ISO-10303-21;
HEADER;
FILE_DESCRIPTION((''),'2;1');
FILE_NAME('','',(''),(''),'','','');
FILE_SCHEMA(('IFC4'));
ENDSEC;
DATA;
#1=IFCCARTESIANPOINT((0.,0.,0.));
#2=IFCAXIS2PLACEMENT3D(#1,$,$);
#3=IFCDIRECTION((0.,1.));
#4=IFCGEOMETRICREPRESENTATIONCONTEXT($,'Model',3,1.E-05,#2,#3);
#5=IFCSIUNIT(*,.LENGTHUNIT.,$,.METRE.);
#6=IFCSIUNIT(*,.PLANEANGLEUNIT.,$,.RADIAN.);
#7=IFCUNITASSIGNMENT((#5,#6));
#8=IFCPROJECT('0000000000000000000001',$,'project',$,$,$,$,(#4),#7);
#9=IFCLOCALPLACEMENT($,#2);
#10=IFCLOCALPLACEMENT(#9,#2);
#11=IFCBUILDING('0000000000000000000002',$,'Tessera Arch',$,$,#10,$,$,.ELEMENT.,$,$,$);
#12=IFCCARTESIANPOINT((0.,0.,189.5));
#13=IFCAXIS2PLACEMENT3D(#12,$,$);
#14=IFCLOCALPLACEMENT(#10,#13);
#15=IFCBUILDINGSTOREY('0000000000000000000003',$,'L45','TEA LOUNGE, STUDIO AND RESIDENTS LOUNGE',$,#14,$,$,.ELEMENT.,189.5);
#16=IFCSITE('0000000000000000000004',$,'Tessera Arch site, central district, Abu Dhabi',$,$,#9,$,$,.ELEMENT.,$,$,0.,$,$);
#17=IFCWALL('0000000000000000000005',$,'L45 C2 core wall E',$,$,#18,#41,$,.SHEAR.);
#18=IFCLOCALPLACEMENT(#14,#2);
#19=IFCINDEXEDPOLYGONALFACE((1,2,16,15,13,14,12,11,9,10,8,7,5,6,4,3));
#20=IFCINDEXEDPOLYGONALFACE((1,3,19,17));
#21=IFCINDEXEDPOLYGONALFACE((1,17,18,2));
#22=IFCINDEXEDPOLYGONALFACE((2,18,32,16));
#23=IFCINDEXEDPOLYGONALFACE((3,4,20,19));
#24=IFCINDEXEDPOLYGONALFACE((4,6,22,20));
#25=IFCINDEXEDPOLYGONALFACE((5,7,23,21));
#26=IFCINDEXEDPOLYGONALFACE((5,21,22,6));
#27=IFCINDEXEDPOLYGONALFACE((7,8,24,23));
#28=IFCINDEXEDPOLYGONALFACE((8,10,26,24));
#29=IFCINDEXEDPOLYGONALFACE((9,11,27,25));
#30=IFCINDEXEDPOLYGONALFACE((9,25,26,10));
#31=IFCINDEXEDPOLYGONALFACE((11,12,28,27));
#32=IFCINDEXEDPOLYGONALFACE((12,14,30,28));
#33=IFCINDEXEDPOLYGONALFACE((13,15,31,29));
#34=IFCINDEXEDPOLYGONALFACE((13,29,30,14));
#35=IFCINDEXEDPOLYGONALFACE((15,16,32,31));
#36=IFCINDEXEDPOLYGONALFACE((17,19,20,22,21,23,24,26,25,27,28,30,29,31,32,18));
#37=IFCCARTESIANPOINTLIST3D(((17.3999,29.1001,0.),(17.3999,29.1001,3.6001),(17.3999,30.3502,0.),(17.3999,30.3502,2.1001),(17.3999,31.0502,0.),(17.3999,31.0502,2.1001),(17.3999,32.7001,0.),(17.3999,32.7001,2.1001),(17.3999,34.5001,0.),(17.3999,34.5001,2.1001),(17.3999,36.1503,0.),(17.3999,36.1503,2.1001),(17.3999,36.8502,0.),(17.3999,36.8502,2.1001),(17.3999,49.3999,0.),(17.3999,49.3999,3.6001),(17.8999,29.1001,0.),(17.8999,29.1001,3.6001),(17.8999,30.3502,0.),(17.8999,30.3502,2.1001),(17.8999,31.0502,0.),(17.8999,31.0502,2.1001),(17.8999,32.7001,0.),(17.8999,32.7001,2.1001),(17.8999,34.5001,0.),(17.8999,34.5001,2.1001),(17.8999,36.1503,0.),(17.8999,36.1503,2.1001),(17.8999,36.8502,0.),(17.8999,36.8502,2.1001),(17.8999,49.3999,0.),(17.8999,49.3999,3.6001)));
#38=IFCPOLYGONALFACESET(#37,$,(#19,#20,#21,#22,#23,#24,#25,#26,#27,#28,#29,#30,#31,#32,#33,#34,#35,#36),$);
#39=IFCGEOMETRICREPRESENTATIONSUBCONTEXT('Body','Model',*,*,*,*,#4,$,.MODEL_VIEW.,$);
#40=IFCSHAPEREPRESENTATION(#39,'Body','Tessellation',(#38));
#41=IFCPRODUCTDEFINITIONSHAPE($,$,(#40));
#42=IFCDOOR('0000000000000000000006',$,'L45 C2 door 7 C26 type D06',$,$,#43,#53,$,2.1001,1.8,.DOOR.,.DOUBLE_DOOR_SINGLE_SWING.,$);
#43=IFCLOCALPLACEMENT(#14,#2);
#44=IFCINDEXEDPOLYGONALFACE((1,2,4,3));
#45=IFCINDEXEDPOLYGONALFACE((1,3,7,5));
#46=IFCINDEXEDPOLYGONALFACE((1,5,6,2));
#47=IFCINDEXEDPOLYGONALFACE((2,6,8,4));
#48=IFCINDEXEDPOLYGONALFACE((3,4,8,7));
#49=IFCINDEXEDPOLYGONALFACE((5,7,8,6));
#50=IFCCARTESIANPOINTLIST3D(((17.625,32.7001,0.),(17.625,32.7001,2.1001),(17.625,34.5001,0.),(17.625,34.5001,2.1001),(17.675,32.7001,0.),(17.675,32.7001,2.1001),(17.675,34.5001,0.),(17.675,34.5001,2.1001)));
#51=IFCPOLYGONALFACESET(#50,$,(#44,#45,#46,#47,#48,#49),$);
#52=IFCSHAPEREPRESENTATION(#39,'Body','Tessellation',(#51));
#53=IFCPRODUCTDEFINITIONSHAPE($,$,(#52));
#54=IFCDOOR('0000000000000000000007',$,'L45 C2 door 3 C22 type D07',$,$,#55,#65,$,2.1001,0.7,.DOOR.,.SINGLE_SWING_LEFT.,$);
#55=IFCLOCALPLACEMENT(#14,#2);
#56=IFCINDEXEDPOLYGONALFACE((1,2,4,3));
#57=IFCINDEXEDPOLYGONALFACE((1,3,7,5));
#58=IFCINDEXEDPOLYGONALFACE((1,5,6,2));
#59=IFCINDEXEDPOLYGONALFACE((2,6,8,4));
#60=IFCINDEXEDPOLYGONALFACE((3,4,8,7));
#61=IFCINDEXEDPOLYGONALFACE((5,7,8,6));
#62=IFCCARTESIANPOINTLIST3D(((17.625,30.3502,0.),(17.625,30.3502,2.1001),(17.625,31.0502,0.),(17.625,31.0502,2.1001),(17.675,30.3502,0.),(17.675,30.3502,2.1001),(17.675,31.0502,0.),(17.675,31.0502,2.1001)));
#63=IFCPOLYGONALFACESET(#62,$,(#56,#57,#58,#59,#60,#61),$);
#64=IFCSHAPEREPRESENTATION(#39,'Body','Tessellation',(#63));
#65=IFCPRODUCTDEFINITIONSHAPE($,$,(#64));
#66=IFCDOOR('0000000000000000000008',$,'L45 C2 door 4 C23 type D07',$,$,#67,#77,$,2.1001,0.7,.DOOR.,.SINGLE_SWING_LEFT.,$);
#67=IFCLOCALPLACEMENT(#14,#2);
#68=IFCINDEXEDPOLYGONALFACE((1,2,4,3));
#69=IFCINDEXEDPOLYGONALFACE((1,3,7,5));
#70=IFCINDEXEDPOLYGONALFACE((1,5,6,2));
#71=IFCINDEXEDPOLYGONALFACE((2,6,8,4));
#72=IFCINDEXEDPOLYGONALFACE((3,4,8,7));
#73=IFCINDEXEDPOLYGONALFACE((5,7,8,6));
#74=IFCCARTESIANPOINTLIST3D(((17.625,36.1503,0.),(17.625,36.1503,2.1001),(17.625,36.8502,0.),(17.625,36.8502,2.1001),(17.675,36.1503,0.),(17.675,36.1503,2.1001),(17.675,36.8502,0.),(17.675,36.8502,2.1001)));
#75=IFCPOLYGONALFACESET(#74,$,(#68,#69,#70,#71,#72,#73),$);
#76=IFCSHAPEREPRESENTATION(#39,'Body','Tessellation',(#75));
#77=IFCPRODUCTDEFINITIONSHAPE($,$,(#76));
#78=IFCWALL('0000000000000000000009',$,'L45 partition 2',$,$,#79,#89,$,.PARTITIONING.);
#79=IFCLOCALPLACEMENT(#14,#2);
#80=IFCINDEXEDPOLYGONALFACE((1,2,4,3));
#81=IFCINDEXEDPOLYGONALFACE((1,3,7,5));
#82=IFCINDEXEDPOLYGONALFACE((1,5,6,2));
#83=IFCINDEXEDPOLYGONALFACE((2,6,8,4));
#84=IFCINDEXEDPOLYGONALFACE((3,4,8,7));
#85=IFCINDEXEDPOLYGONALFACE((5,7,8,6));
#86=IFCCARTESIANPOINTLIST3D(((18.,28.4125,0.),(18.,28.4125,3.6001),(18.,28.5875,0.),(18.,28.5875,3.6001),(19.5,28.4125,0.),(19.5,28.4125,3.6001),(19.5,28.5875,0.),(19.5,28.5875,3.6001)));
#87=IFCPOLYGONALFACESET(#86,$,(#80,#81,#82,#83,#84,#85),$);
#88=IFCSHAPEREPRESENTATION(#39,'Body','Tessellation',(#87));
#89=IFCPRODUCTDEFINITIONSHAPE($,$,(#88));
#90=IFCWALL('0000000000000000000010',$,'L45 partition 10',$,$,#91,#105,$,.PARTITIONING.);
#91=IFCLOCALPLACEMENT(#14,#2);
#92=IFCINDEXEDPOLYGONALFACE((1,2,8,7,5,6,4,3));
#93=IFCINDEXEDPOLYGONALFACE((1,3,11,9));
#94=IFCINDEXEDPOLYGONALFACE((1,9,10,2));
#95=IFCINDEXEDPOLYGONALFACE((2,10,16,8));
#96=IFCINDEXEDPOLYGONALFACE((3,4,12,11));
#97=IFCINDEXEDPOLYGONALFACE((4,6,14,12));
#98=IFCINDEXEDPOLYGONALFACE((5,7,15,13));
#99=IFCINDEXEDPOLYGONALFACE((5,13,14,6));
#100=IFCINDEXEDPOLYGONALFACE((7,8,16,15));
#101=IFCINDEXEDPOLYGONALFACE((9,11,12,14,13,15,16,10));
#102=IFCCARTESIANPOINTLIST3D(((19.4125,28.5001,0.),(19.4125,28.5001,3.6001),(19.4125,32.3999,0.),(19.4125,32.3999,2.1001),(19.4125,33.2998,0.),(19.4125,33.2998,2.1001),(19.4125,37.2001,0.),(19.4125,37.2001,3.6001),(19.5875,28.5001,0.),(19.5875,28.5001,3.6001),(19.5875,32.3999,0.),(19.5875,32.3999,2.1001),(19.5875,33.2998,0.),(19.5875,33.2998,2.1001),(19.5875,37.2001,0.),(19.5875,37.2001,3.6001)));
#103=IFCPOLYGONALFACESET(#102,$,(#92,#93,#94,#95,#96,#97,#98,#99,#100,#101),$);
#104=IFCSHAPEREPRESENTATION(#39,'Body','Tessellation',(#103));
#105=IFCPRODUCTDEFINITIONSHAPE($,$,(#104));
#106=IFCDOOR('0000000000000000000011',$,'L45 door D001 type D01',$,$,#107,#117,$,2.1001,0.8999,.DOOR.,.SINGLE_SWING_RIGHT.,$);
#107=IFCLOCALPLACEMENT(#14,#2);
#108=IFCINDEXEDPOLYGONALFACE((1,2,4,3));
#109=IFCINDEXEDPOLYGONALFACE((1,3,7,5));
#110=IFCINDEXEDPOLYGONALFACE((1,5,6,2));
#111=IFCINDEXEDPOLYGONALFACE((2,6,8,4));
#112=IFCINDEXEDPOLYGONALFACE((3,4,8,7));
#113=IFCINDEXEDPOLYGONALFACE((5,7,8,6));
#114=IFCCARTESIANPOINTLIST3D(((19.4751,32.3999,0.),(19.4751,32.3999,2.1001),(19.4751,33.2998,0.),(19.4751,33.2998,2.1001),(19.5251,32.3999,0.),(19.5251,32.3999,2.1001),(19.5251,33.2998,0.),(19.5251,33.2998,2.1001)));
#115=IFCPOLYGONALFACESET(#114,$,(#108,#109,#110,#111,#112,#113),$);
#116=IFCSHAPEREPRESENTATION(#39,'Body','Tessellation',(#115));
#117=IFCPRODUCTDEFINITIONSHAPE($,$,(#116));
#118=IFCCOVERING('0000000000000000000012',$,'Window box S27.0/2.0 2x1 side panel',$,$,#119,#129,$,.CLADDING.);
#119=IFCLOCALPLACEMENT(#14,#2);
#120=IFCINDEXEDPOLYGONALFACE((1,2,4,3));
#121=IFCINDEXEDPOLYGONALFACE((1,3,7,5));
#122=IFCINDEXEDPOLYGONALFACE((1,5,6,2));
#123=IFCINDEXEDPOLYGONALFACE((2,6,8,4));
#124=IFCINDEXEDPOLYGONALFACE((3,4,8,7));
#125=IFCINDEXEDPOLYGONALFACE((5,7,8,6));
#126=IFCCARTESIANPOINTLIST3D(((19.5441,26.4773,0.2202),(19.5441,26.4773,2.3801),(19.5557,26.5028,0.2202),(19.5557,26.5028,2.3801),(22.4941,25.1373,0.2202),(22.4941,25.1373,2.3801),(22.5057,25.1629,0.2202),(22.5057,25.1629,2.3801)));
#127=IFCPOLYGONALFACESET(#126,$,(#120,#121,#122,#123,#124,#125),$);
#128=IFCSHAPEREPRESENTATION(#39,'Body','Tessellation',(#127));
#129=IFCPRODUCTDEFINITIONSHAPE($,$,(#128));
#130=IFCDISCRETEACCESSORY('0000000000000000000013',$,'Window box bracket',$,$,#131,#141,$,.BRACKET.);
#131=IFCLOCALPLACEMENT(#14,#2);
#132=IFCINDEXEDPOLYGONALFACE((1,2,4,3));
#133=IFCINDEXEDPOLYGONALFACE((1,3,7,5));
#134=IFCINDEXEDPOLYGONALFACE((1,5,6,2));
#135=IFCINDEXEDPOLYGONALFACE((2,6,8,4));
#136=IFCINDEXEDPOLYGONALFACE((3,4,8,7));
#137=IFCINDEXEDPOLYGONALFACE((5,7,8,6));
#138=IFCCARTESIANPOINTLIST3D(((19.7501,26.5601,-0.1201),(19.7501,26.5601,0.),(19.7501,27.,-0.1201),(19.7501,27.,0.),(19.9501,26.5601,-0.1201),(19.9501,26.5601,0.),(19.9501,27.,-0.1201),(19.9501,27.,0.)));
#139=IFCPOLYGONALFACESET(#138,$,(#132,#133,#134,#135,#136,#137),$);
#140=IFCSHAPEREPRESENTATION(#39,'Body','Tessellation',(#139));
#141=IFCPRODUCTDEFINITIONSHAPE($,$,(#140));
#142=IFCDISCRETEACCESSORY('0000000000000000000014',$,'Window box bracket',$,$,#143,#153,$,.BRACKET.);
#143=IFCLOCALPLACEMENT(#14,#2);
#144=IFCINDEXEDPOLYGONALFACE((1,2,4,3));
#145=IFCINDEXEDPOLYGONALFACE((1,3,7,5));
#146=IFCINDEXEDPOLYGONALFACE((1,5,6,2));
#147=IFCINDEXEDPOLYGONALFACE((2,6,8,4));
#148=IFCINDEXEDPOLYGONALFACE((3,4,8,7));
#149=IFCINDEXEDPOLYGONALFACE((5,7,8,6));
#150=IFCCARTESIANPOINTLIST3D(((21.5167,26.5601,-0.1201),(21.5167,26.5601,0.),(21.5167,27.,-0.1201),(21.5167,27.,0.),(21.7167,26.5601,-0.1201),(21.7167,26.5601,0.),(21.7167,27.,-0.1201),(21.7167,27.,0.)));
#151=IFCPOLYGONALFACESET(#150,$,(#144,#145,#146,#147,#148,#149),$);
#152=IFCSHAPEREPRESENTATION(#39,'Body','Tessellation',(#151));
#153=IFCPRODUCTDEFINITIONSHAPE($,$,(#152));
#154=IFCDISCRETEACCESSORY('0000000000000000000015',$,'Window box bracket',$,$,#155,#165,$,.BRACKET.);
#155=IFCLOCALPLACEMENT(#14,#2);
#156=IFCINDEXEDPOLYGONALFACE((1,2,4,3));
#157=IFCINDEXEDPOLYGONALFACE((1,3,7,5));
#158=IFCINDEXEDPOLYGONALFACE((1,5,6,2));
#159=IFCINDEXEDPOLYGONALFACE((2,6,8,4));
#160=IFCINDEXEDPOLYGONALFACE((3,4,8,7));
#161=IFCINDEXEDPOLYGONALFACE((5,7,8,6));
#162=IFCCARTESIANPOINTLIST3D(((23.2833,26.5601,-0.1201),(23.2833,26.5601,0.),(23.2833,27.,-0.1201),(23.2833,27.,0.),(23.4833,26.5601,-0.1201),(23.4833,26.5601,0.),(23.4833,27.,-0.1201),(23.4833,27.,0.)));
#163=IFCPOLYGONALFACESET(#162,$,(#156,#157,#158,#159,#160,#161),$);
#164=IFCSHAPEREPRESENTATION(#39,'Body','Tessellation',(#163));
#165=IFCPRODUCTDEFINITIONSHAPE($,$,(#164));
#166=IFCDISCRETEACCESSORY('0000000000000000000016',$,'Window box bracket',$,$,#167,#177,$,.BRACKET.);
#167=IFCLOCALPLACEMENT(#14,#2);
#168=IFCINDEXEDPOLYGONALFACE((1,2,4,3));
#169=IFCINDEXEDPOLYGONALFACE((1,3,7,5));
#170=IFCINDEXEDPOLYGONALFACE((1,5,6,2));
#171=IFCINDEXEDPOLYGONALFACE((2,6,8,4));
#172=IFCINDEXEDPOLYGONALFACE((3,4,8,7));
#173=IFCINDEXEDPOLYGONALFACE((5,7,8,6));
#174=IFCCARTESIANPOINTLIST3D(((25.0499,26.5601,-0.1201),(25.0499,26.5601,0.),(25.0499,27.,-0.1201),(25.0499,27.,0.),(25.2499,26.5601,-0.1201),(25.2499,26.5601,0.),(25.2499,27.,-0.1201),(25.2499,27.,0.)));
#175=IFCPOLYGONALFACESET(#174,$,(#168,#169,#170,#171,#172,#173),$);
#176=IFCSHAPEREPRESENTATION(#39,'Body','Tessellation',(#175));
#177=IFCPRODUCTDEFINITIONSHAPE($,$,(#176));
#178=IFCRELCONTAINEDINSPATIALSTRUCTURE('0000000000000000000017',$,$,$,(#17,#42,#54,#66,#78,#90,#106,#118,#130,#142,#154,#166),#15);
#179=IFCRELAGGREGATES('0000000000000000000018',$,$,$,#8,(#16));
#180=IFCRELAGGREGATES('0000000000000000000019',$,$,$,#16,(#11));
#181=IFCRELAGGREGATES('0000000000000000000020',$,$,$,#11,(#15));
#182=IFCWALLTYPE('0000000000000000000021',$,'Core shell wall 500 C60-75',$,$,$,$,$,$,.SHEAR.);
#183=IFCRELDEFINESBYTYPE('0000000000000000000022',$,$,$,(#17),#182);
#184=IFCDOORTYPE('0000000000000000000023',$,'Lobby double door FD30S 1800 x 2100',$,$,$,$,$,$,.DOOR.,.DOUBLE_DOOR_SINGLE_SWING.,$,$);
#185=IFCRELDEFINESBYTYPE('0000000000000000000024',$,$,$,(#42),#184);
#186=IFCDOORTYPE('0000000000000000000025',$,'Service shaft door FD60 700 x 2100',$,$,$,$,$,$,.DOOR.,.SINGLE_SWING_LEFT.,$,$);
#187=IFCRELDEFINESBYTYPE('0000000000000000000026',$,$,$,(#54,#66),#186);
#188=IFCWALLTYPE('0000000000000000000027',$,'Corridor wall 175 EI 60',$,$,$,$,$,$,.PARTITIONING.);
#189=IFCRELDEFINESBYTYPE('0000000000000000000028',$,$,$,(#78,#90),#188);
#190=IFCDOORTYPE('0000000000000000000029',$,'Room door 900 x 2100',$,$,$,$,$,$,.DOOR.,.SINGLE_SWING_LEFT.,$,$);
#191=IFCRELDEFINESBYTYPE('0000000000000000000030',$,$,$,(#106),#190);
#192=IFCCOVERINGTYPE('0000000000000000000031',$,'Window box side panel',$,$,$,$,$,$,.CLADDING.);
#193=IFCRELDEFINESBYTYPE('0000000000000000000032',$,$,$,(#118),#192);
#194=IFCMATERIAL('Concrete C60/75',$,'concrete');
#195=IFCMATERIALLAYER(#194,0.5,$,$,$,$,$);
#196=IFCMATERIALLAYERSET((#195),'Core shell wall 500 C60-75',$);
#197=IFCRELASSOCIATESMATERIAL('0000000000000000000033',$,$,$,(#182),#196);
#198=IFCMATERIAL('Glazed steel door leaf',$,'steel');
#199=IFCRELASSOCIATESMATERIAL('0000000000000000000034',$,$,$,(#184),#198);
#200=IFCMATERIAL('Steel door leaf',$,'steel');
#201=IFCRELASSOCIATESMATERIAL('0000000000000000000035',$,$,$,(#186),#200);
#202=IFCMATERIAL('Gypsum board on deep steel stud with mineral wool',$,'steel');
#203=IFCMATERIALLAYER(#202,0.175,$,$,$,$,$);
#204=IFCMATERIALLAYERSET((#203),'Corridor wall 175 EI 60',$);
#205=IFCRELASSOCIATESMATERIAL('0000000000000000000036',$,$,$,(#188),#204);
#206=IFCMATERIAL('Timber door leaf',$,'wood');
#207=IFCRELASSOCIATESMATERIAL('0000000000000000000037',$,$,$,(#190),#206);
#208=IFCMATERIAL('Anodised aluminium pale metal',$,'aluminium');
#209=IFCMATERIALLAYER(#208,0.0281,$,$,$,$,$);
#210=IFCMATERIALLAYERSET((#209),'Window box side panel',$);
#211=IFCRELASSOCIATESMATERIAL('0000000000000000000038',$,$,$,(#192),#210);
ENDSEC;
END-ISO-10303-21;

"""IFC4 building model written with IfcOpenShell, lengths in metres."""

from ifc_helpers import new_model, si_unit, direction, frame, frame_2d, origin, origin_2d, place, context, subcontext, project, spatial, rectangle, extrude, material, layer, layer_set, type_object, element, fill, save


model = new_model("IFC4")

# Units and contexts
model_context = context("Model", 3, precision=1e-05, world=origin(), true_north=direction((0.0, 1.0)))
body_context = subcontext(model_context, "Body", "Model", "MODEL_VIEW")
ifc_project = project(units=[si_unit("LENGTHUNIT", "METRE"), si_unit("PLANEANGLEUNIT", "RADIAN")], contexts=[model_context])

# Site, building, storey
site_placement = place(None, origin())
site = spatial("IfcSite", under=ifc_project, at=site_placement, Name="Tessera Arch site, central district, Abu Dhabi", CompositionType="ELEMENT", RefElevation=0.0)
building_placement = place(site_placement, origin())
building = spatial("IfcBuilding", under=site, at=building_placement, Name="Tessera Arch", CompositionType="ELEMENT")
storey_placement = place(building_placement, frame((0.0, 0.0, 189.5)))
storey = spatial("IfcBuildingStorey", under=building, at=storey_placement, Name="L45", Description="TEA LOUNGE, STUDIO AND RESIDENTS LOUNGE", CompositionType="ELEMENT", Elevation=189.5)

# Wall, openings, doors
ifc_material_1 = material(Name="Concrete C60/75", Category="concrete")
ifc_layer_1 = layer(ifc_material_1, 0.5)
ifc_layer_set_1 = layer_set([ifc_layer_1], Name="Core shell wall 500 C60-75")
wall_type_1 = type_object("IfcWallType", Name="Core shell wall 500 C60-75", PredefinedType="SHEAR", material=ifc_layer_set_1)
wall_1_placement = place(storey_placement, frame((17.6499, 29.1001, 0.0), z_axis=(0.0, 0.0, 1.0), x_axis=(0.0, 1.0, 0.0)))
wall_1 = element("IfcWall", 1, at=wall_1_placement, inside=storey, type_object=wall_type_1, Name="L45 C2 core wall E", PredefinedType="SHEAR", context=body_context, shape_type="SweptSolid", body=[
    extrude(rectangle(XDim=20.2998, YDim=0.5, at=frame_2d((10.1499, 0.0))), origin(), (0.0, 0.0, 1.0), 3.6001),
])
opening_1_placement = place(wall_1_placement, frame((1.25, 0.0, 0.0)))
opening_1 = element("IfcOpeningElement", 2, at=opening_1_placement, cuts=wall_1, PredefinedType="OPENING", context=body_context, shape_type="SweptSolid", body=[
    extrude(rectangle(XDim=0.7, YDim=2.1001, at=frame_2d((0.3501, 1.05))), frame((0.0, 0.26, 0.0), z_axis=(0.0, -1.0, 0.0), x_axis=(1.0, 0.0, 0.0)), (0.0, 0.0, 1.0), 0.52),
])
opening_2_placement = place(wall_1_placement, frame((7.05, 0.0, 0.0)))
opening_2 = element("IfcOpeningElement", 3, at=opening_2_placement, cuts=wall_1, PredefinedType="OPENING", context=body_context, shape_type="SweptSolid", body=[
    extrude(rectangle(XDim=0.7, YDim=2.1001, at=frame_2d((0.3501, 1.05))), frame((0.0, 0.26, 0.0), z_axis=(0.0, -1.0, 0.0), x_axis=(1.0, 0.0, 0.0)), (0.0, 0.0, 1.0), 0.52),
])
opening_3_placement = place(wall_1_placement, frame((3.6001, 0.0, 0.0)))
opening_3 = element("IfcOpeningElement", 4, at=opening_3_placement, cuts=wall_1, PredefinedType="OPENING", context=body_context, shape_type="SweptSolid", body=[
    extrude(rectangle(XDim=1.8, YDim=2.1001, at=frame_2d((0.8999, 1.05))), frame((0.0, 0.26, 0.0), z_axis=(0.0, -1.0, 0.0), x_axis=(1.0, 0.0, 0.0)), (0.0, 0.0, 1.0), 0.52),
])
ifc_material_2 = material(Name="Glazed steel door leaf", Category="steel")
door_type_1 = type_object("IfcDoorType", Name="Lobby double door FD30S 1800 x 2100", OperationType="DOUBLE_DOOR_SINGLE_SWING", PredefinedType="DOOR", material=ifc_material_2)
door_1_placement = place(opening_3_placement, origin())
door_1 = element("IfcDoor", 5, at=door_1_placement, inside=storey, type_object=door_type_1, Name="L45 C2 door 7 C26 type D06", OperationType="DOUBLE_DOOR_SINGLE_SWING", OverallHeight=2.1001, OverallWidth=1.8, PredefinedType="DOOR", context=body_context, shape_type="SweptSolid", body=[
    extrude(rectangle(XDim=1.8, YDim=2.1001, at=frame_2d((0.8999, 1.05))), frame((0.0, 0.0249, 0.0), z_axis=(0.0, -1.0, 0.0), x_axis=(1.0, 0.0, 0.0)), (0.0, 0.0, 1.0), 0.05),
])
fill(opening_3, door_1)
ifc_material_3 = material(Name="Steel door leaf", Category="steel")
door_type_2 = type_object("IfcDoorType", Name="Service shaft door FD60 700 x 2100", OperationType="SINGLE_SWING_LEFT", PredefinedType="DOOR", material=ifc_material_3)
door_2_placement = place(opening_1_placement, origin())
door_2 = element("IfcDoor", 6, at=door_2_placement, inside=storey, type_object=door_type_2, Name="L45 C2 door 3 C22 type D07", OperationType="SINGLE_SWING_LEFT", OverallHeight=2.1001, OverallWidth=0.7, PredefinedType="DOOR", context=body_context, shape_type="SweptSolid", body=[
    extrude(rectangle(XDim=0.7, YDim=2.1001, at=frame_2d((0.3501, 1.05))), frame((0.0, 0.0249, 0.0), z_axis=(0.0, -1.0, 0.0), x_axis=(1.0, 0.0, 0.0)), (0.0, 0.0, 1.0), 0.05),
])
fill(opening_1, door_2)
door_3_placement = place(opening_2_placement, origin())
door_3 = element("IfcDoor", 7, at=door_3_placement, inside=storey, type_object=door_type_2, Name="L45 C2 door 4 C23 type D07", OperationType="SINGLE_SWING_LEFT", OverallHeight=2.1001, OverallWidth=0.7, PredefinedType="DOOR", context=body_context, shape_type="SweptSolid", body=[
    extrude(rectangle(XDim=0.7, YDim=2.1001, at=frame_2d((0.3501, 1.05))), frame((0.0, 0.0249, 0.0), z_axis=(0.0, -1.0, 0.0), x_axis=(1.0, 0.0, 0.0)), (0.0, 0.0, 1.0), 0.05),
])
fill(opening_2, door_3)

# Wall
ifc_material_4 = material(Name="Gypsum board on deep steel stud with mineral wool", Category="steel")
ifc_layer_2 = layer(ifc_material_4, 0.175)
ifc_layer_set_2 = layer_set([ifc_layer_2], Name="Corridor wall 175 EI 60")
wall_type_2 = type_object("IfcWallType", Name="Corridor wall 175 EI 60", PredefinedType="PARTITIONING", material=ifc_layer_set_2)
wall_2_placement = place(storey_placement, frame((18.0, 28.5, 0.0), z_axis=(0.0, 0.0, 1.0), x_axis=(1.0, 0.0, 0.0)))
element("IfcWall", 8, at=wall_2_placement, inside=storey, type_object=wall_type_2, Name="L45 partition 2", PredefinedType="PARTITIONING", context=body_context, shape_type="SweptSolid", body=[
    extrude(rectangle(XDim=1.5, YDim=0.175, at=frame_2d((0.75, 0.0))), origin(), (0.0, 0.0, 1.0), 3.6001),
])

# Wall, opening, door
wall_3_placement = place(storey_placement, frame((19.5, 28.5, 0.0), z_axis=(0.0, 0.0, 1.0), x_axis=(0.0, 1.0, 0.0)))
wall_3 = element("IfcWall", 9, at=wall_3_placement, inside=storey, type_object=wall_type_2, Name="L45 partition 10", PredefinedType="PARTITIONING", context=body_context, shape_type="SweptSolid", body=[
    extrude(rectangle(XDim=8.7, YDim=0.175, at=frame_2d((4.3501, 0.0))), origin(), (0.0, 0.0, 1.0), 3.6001),
])
opening_4_placement = place(wall_3_placement, frame((3.8999, 0.0, 0.0)))
opening_4 = element("IfcOpeningElement", 10, at=opening_4_placement, cuts=wall_3, PredefinedType="OPENING", context=body_context, shape_type="SweptSolid", body=[
    extrude(rectangle(XDim=0.8999, YDim=2.1001, at=frame_2d((0.45, 1.05))), frame((0.0, 0.0974, 0.0), z_axis=(0.0, -1.0, 0.0), x_axis=(1.0, 0.0, 0.0)), (0.0, 0.0, 1.0), 0.1951),
])
ifc_material_5 = material(Name="Timber door leaf", Category="wood")
door_type_3 = type_object("IfcDoorType", Name="Room door 900 x 2100", OperationType="SINGLE_SWING_LEFT", PredefinedType="DOOR", material=ifc_material_5)
door_4_placement = place(opening_4_placement, origin())
door_4 = element("IfcDoor", 11, at=door_4_placement, inside=storey, type_object=door_type_3, Name="L45 door D001 type D01", OperationType="SINGLE_SWING_RIGHT", OverallHeight=2.1001, OverallWidth=0.8999, PredefinedType="DOOR", context=body_context, shape_type="SweptSolid", body=[
    extrude(rectangle(XDim=0.8999, YDim=2.1001, at=frame_2d((0.45, 1.05))), frame((0.0, 0.0249, 0.0), z_axis=(0.0, -1.0, 0.0), x_axis=(1.0, 0.0, 0.0)), (0.0, 0.0, 1.0), 0.05),
])
fill(opening_4, door_4)

# Covering
ifc_material_6 = material(Name="Anodised aluminium pale metal", Category="aluminium")
ifc_layer_3 = layer(ifc_material_6, 0.0281)
ifc_layer_set_3 = layer_set([ifc_layer_3], Name="Window box side panel")
covering_type = type_object("IfcCoveringType", Name="Window box side panel", PredefinedType="CLADDING", material=ifc_layer_set_3)
covering_placement = place(storey_placement, frame((21.0249, 25.8201, 0.2202), z_axis=(0.0, 0.0, 1.0), x_axis=(0.910472, -0.41357, 0.0)))
element("IfcCovering", 12, at=covering_placement, inside=storey, type_object=covering_type, Name="Window box S27.0/2.0 2x1 side panel", PredefinedType="CLADDING", context=body_context, shape_type="SweptSolid", body=[
    extrude(rectangle(XDim=3.24, YDim=0.0281, at=origin_2d()), origin(), (0.0, 0.0, 1.0), 2.1599),
])

# Discrete accessories
for number, where, z_axis, x_axis, name in (
    (13, (19.8501, 26.78, -0.1201), (0.0, 0.0, 1.0), (0.0, -1.0, 0.0), "Window box bracket"),
    (14, (21.6167, 26.78, -0.1201), (0.0, 0.0, 1.0), (0.0, -1.0, 0.0), "Window box bracket"),
    (15, (23.3833, 26.78, -0.1201), (0.0, 0.0, 1.0), (0.0, -1.0, 0.0), "Window box bracket"),
    (16, (25.1499, 26.78, -0.1201), (0.0, 0.0, 1.0), (0.0, -1.0, 0.0), "Window box bracket"),
):
    element("IfcDiscreteAccessory", number, at=place(storey_placement, frame(where, z_axis=z_axis, x_axis=x_axis)), inside=storey, Name=name, PredefinedType="BRACKET", context=body_context, shape_type="SweptSolid", body=[
        extrude(rectangle(XDim=0.4399, YDim=0.2, at=origin_2d()), origin(), (0.0, 0.0, 1.0), 0.1201),
    ])

save(model, "model.ifc")
